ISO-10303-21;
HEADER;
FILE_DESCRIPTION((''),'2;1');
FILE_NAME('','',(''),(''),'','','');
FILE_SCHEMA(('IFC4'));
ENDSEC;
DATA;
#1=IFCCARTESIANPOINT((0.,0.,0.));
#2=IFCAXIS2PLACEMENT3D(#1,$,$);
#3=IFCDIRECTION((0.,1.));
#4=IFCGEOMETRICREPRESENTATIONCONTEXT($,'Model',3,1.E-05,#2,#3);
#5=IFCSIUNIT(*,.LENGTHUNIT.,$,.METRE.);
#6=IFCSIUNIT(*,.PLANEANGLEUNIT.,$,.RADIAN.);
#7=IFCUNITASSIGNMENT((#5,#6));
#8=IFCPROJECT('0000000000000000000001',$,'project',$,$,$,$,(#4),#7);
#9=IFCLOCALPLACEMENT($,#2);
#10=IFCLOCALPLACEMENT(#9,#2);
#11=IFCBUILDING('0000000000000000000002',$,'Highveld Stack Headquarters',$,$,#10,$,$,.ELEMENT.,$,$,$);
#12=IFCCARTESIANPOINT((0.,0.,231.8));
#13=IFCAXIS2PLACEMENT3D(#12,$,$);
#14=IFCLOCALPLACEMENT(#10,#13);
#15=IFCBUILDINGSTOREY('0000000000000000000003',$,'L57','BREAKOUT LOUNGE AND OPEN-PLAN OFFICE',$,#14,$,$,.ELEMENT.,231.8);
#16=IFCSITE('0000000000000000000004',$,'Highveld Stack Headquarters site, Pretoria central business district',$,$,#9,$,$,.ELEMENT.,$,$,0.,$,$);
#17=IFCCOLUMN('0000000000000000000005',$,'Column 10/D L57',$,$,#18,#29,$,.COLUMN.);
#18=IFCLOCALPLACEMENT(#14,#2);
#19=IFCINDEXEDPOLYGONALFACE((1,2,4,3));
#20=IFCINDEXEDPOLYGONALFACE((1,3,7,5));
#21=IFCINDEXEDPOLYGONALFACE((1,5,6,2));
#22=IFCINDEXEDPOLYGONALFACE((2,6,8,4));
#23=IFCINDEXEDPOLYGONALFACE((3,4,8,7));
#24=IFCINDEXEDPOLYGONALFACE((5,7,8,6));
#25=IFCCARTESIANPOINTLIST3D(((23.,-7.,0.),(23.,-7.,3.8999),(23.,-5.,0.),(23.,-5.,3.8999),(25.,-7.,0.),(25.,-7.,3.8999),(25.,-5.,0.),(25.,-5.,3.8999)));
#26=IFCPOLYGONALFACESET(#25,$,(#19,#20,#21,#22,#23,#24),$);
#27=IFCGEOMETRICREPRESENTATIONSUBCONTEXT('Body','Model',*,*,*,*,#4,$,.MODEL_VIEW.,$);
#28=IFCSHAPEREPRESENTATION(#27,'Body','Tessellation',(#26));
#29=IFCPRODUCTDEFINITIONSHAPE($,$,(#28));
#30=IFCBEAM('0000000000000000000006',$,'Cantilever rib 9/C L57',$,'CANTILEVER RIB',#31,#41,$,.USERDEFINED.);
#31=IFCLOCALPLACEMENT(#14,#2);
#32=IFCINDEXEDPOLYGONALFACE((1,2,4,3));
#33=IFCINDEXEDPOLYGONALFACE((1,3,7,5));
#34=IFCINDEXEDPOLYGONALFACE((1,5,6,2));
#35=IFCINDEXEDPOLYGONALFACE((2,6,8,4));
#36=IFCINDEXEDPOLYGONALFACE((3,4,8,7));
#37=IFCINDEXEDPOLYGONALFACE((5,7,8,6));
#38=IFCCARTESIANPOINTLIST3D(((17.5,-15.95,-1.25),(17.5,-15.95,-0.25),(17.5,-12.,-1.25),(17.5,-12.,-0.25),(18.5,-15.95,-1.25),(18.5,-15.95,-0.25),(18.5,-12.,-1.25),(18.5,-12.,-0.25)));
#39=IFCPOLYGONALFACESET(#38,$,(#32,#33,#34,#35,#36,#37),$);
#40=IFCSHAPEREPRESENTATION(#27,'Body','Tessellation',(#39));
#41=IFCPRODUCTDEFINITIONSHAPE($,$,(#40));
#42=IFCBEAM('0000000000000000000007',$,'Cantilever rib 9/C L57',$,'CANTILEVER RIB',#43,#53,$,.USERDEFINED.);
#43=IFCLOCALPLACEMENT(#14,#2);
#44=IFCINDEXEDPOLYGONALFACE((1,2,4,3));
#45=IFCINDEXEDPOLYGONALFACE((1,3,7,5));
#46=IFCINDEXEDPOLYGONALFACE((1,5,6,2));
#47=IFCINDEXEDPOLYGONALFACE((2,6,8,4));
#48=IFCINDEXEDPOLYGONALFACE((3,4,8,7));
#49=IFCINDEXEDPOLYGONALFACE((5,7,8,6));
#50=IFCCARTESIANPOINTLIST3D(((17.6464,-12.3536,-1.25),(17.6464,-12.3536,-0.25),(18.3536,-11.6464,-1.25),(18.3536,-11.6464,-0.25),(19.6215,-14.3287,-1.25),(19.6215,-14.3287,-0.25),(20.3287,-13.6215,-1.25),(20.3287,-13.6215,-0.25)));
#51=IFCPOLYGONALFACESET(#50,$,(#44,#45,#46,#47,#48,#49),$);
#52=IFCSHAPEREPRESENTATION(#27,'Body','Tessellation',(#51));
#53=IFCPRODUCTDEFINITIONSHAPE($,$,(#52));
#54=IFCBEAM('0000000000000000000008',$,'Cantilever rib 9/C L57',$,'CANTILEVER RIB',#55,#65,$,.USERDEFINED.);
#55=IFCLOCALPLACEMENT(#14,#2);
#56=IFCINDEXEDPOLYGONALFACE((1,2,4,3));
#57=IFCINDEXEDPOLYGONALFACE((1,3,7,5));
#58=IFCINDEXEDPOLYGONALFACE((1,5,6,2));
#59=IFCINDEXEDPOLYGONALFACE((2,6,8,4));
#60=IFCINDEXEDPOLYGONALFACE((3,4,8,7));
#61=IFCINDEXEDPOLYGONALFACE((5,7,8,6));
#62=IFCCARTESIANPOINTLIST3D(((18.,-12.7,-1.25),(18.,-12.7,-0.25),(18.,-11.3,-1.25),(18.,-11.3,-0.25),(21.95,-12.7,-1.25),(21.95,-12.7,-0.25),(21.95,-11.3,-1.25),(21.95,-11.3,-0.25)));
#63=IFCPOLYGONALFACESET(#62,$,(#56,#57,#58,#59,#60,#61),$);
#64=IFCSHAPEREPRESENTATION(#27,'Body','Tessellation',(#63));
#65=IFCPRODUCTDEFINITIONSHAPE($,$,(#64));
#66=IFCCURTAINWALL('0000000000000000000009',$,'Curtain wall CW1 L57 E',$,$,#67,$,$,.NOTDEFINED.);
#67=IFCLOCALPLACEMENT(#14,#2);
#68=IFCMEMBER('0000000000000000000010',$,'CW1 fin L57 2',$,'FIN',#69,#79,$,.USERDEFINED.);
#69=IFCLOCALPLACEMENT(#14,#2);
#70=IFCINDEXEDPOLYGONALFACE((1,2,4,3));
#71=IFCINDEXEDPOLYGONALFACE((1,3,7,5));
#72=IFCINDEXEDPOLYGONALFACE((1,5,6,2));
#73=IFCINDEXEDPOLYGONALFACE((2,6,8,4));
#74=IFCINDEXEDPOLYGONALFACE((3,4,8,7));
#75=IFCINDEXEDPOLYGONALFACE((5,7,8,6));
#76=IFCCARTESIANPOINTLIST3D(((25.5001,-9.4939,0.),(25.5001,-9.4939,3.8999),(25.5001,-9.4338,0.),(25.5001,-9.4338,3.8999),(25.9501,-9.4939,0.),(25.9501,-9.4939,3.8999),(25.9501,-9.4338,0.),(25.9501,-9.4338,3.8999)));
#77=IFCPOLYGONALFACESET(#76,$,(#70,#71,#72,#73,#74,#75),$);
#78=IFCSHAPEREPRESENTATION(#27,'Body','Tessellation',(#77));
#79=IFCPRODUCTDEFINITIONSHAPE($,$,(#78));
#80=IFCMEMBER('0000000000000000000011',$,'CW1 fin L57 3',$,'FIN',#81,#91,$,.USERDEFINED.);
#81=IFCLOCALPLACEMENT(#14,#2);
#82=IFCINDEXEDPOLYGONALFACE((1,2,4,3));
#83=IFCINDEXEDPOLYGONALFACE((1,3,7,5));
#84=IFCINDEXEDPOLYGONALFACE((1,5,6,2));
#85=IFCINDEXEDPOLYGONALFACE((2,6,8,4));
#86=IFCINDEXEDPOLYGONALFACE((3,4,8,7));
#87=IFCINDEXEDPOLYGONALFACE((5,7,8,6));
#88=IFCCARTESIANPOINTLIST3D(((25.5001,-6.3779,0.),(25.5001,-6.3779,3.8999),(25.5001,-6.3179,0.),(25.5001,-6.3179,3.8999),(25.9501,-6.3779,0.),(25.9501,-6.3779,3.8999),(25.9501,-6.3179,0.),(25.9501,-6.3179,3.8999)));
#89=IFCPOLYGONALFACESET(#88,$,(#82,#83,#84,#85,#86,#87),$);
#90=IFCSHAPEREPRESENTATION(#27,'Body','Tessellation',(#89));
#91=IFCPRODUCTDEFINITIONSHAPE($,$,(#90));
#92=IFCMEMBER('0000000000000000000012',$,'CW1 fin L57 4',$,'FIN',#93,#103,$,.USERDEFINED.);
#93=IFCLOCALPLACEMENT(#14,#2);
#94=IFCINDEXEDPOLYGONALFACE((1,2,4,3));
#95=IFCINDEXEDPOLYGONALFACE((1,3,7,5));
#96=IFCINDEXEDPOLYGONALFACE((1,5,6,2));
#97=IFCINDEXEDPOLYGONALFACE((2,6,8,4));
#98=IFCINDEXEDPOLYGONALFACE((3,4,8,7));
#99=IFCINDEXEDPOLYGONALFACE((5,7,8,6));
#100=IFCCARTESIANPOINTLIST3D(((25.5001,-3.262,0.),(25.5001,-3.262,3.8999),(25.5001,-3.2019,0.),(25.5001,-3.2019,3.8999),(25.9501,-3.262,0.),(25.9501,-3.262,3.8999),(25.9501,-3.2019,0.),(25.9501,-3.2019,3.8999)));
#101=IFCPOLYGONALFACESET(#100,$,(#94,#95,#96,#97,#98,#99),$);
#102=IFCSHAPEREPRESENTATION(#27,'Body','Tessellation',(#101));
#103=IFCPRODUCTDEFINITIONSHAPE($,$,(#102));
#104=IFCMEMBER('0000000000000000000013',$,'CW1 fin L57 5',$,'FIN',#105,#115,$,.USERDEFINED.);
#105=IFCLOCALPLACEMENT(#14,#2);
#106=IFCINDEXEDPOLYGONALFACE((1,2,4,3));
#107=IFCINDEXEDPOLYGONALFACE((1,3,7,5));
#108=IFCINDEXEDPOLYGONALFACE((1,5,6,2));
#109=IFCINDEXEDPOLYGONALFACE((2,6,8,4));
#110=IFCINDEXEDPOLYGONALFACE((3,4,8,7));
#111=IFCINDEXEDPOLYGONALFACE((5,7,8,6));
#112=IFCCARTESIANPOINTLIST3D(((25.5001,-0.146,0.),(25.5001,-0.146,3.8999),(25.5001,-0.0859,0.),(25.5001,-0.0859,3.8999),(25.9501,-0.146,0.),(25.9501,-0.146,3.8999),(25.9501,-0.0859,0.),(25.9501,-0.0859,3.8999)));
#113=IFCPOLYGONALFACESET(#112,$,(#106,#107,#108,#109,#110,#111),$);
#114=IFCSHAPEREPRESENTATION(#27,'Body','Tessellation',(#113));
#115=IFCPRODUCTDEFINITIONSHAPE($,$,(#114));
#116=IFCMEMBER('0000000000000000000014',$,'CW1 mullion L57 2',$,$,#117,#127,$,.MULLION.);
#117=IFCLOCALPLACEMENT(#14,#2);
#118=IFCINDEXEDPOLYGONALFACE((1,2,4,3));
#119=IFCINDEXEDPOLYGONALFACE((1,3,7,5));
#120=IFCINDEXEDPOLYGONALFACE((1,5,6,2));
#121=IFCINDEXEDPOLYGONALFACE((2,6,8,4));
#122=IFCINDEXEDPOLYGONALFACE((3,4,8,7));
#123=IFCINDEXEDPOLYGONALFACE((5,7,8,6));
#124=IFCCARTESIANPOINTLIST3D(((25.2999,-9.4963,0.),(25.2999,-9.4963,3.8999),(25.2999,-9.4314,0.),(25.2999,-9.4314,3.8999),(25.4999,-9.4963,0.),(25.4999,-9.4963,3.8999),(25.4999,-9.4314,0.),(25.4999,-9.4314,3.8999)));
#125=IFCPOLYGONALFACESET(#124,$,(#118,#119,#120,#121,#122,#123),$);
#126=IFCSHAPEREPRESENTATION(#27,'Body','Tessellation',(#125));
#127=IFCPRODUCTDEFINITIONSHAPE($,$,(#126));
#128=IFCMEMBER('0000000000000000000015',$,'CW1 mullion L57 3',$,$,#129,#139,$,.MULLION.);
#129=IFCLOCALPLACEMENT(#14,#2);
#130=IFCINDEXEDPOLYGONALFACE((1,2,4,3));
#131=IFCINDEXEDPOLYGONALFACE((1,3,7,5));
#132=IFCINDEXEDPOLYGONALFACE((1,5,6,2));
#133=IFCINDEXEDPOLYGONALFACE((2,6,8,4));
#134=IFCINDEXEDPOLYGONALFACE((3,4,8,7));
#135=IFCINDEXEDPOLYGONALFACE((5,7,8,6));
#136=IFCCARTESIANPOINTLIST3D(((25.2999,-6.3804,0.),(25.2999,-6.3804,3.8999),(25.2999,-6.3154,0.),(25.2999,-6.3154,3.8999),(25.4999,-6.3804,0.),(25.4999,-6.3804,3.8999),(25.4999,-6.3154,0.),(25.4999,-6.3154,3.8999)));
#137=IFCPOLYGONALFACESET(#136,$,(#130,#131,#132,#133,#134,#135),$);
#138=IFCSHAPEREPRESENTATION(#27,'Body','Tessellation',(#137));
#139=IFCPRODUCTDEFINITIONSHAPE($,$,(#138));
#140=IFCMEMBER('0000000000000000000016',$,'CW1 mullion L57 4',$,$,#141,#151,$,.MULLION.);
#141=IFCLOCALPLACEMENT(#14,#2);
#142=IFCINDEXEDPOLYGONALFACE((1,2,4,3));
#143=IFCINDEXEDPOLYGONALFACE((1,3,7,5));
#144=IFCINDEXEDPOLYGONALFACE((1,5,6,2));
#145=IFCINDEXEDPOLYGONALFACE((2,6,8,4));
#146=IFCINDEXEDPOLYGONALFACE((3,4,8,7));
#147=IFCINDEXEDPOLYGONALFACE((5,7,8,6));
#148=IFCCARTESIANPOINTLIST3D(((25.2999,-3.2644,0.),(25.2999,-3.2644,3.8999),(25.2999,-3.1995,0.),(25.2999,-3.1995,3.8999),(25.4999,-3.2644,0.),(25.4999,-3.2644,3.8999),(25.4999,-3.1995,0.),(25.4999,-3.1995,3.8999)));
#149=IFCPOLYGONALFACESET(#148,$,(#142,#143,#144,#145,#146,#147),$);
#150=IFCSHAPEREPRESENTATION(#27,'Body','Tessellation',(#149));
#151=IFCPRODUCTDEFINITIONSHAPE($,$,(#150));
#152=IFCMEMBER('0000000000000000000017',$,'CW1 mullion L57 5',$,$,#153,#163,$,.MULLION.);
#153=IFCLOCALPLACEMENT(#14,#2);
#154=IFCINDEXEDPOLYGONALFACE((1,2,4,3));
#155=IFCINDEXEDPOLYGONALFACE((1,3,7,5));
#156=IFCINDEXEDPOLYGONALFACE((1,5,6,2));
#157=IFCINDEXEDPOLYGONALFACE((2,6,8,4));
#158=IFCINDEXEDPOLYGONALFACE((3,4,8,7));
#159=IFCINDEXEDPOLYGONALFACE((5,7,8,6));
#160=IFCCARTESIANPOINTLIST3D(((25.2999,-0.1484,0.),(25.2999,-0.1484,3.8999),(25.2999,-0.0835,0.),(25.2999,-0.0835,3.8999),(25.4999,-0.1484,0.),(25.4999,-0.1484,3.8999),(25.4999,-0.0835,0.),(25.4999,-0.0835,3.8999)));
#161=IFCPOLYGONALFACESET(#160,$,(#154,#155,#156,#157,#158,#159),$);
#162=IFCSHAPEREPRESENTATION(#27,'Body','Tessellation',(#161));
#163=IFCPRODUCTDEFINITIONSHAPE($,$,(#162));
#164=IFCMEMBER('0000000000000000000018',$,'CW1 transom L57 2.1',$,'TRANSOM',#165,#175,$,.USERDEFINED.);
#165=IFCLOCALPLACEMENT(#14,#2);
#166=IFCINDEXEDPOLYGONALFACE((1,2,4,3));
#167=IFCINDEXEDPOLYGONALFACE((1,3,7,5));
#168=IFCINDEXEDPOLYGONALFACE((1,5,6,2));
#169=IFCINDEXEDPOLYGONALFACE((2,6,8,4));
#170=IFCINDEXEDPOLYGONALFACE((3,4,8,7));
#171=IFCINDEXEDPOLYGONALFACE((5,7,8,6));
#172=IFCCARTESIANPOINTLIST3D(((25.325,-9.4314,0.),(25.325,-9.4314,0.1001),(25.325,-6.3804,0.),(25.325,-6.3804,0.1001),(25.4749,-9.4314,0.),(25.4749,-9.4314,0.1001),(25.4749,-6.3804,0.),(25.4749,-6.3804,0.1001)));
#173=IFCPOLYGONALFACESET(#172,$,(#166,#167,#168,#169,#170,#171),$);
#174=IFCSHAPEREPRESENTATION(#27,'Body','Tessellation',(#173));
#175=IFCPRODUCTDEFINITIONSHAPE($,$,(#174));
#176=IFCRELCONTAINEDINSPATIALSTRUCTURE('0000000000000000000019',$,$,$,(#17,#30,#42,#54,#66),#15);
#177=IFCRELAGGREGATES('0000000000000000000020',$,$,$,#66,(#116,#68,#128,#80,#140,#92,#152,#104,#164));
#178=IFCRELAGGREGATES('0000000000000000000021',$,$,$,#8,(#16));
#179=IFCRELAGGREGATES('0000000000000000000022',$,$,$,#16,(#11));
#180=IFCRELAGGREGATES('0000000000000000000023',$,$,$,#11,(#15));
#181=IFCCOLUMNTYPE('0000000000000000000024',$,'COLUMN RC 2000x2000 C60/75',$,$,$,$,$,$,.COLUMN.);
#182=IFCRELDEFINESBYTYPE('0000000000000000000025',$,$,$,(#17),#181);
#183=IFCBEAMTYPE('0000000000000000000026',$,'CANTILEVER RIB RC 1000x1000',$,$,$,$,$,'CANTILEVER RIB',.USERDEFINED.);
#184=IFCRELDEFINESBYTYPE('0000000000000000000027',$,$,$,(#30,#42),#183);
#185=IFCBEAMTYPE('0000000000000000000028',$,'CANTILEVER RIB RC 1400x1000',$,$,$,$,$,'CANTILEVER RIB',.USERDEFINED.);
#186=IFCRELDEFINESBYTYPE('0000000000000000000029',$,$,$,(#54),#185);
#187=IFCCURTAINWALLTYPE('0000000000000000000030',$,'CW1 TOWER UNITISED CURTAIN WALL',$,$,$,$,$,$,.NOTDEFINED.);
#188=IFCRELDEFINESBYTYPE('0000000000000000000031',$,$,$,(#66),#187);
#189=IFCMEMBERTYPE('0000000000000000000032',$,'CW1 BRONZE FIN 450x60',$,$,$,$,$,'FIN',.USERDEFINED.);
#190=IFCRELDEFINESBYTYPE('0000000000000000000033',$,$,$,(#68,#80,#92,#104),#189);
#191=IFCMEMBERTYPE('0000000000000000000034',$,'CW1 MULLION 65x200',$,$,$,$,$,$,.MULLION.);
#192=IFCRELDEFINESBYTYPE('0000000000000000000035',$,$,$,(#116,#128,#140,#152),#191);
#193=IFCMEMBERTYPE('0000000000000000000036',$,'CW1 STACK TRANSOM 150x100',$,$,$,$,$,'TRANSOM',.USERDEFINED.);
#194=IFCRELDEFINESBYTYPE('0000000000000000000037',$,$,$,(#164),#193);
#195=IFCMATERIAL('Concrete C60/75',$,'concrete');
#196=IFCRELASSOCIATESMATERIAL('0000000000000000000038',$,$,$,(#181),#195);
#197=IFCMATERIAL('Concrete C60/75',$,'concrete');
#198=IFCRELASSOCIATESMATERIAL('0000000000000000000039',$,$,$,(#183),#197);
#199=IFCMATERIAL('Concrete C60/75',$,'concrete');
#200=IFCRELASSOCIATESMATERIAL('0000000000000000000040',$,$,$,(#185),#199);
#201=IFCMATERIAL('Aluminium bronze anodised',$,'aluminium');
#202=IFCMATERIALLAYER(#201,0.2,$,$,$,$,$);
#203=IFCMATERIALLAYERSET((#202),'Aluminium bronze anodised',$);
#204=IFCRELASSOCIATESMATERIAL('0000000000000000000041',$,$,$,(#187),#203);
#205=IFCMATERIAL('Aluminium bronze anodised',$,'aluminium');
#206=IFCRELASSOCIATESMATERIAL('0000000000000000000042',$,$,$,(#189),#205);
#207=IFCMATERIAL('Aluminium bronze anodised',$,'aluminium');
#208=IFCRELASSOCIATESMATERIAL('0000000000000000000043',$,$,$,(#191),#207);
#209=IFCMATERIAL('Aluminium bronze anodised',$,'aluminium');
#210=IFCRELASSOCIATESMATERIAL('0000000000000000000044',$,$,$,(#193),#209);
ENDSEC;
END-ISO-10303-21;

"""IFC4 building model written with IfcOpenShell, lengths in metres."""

from ifc_helpers import new_model, si_unit, direction, frame, origin, origin_2d, place, context, subcontext, project, spatial, rectangle, extrude, material, layer, layer_set, material_profile, profile_set, type_object, element, aggregate, save


model = new_model("IFC4")

# Units and contexts
model_context = context("Model", 3, precision=1e-05, world=origin(), true_north=direction((0.0, 1.0)))
body_context = subcontext(model_context, "Body", "Model", "MODEL_VIEW")
ifc_project = project(units=[si_unit("LENGTHUNIT", "METRE"), si_unit("PLANEANGLEUNIT", "RADIAN")], contexts=[model_context])

# Site, building, storey
site_placement = place(None, origin())
site = spatial("IfcSite", under=ifc_project, at=site_placement, Name="Highveld Stack Headquarters site, Pretoria central business district", CompositionType="ELEMENT", RefElevation=0.0)
building_placement = place(site_placement, origin())
building = spatial("IfcBuilding", under=site, at=building_placement, Name="Highveld Stack Headquarters", CompositionType="ELEMENT")
storey_placement = place(building_placement, frame((0.0, 0.0, 231.8)))
storey = spatial("IfcBuildingStorey", under=building, at=storey_placement, Name="L57", Description="BREAKOUT LOUNGE AND OPEN-PLAN OFFICE", CompositionType="ELEMENT", Elevation=231.8)

# Column
ifc_material_1 = material(Name="Concrete C60/75", Category="concrete")
ifc_material_profile_1 = material_profile(ifc_material_1, rectangle(XDim=2.0, YDim=2.0, at=origin_2d()), Name="RC 2000x2000")
ifc_profile_set_1 = profile_set([ifc_material_profile_1], Name="Concrete C60/75")
column_type = type_object("IfcColumnType", Name="COLUMN RC 2000x2000 C60/75", PredefinedType="COLUMN", material=ifc_profile_set_1)
column_placement = place(storey_placement, frame((24.0, -6.0, 0.0), z_axis=(0.0, 0.0, 1.0), x_axis=(1.0, 0.0, 0.0)))
element("IfcColumn", 1, at=column_placement, inside=storey, type_object=column_type, Name="Column 10/D L57", PredefinedType="COLUMN", context=body_context, shape_type="SweptSolid", body=[
    extrude(rectangle(XDim=2.0, YDim=2.0, at=origin_2d()), origin(), (0.0, 0.0, 1.0), 3.8999),
])

# Beams
ifc_material_2 = material(Name="Concrete C60/75", Category="concrete")
ifc_material_profile_2 = material_profile(ifc_material_2, rectangle(XDim=1.0, YDim=1.0, at=origin_2d()), Name="RC 1000x1000")
ifc_profile_set_2 = profile_set([ifc_material_profile_2], Name="Concrete C60/75")
beam_type_1 = type_object("IfcBeamType", Name="CANTILEVER RIB RC 1000x1000", ElementType="CANTILEVER RIB", PredefinedType="USERDEFINED", material=ifc_profile_set_2)
beam_1_placement = place(storey_placement, frame((18.0, -12.0, -0.75), z_axis=(0.0, -1.0, 0.0), x_axis=(1.0, 0.0, 0.0)))
element("IfcBeam", 2, at=beam_1_placement, inside=storey, type_object=beam_type_1, Name="Cantilever rib 9/C L57", ObjectType="CANTILEVER RIB", PredefinedType="USERDEFINED", context=body_context, shape_type="SweptSolid", body=[
    extrude(rectangle(XDim=1.0, YDim=1.0, at=origin_2d()), origin(), (0.0, 0.0, 1.0), 3.95),
])
beam_2_placement = place(storey_placement, frame((18.0, -12.0, -0.75), z_axis=(0.707107, -0.707107, 0.0), x_axis=(0.707107, 0.707107, 0.0)))
element("IfcBeam", 3, at=beam_2_placement, inside=storey, type_object=beam_type_1, Name="Cantilever rib 9/C L57", ObjectType="CANTILEVER RIB", PredefinedType="USERDEFINED", context=body_context, shape_type="SweptSolid", body=[
    extrude(rectangle(XDim=1.0, YDim=1.0, at=origin_2d()), origin(), (0.0, 0.0, 1.0), 2.7932),
])
ifc_material_3 = material(Name="Concrete C60/75", Category="concrete")
ifc_material_profile_3 = material_profile(ifc_material_3, rectangle(XDim=1.3999, YDim=1.0, at=origin_2d()), Name="RC 1400x1000")
ifc_profile_set_3 = profile_set([ifc_material_profile_3], Name="Concrete C60/75")
beam_type_2 = type_object("IfcBeamType", Name="CANTILEVER RIB RC 1400x1000", ElementType="CANTILEVER RIB", PredefinedType="USERDEFINED", material=ifc_profile_set_3)
beam_3_placement = place(storey_placement, frame((18.0, -12.0, -0.75), z_axis=(1.0, 0.0, 0.0), x_axis=(0.0, 1.0, 0.0)))
element("IfcBeam", 4, at=beam_3_placement, inside=storey, type_object=beam_type_2, Name="Cantilever rib 9/C L57", ObjectType="CANTILEVER RIB", PredefinedType="USERDEFINED", context=body_context, shape_type="SweptSolid", body=[
    extrude(rectangle(XDim=1.3999, YDim=1.0, at=origin_2d()), origin(), (0.0, 0.0, 1.0), 3.95),
])

# Curtain wall, members
ifc_material_4 = material(Name="Aluminium bronze anodised", Category="aluminium")
ifc_layer_1 = layer(ifc_material_4, 0.2)
ifc_layer_set_1 = layer_set([ifc_layer_1], Name="Aluminium bronze anodised")
curtain_wall_type = type_object("IfcCurtainWallType", Name="CW1 TOWER UNITISED CURTAIN WALL", PredefinedType="NOTDEFINED", material=ifc_layer_set_1)
curtain_wall_placement = place(storey_placement, origin())
curtain_wall = element("IfcCurtainWall", 5, at=curtain_wall_placement, inside=storey, type_object=curtain_wall_type, Name="Curtain wall CW1 L57 E", PredefinedType="NOTDEFINED")
ifc_material_5 = material(Name="Aluminium bronze anodised", Category="aluminium")
ifc_material_profile_4 = material_profile(ifc_material_5, rectangle(XDim=0.45, YDim=0.0601, at=origin_2d()), Name="FIN 450x60")
ifc_profile_set_4 = profile_set([ifc_material_profile_4], Name="Aluminium bronze anodised")
member_type_1 = type_object("IfcMemberType", Name="CW1 BRONZE FIN 450x60", ElementType="FIN", PredefinedType="USERDEFINED", material=ifc_profile_set_4)
member_1_placement = place(storey_placement, frame((25.7251, -9.4639, 0.0), z_axis=(0.0, 0.0, 1.0), x_axis=(-1.0, 0.0, 0.0)))
member_1 = element("IfcMember", 6, at=member_1_placement, type_object=member_type_1, Name="CW1 fin L57 2", ObjectType="FIN", PredefinedType="USERDEFINED", context=body_context, shape_type="SweptSolid", body=[
    extrude(rectangle(XDim=0.45, YDim=0.0601, at=origin_2d()), origin(), (0.0, 0.0, 1.0), 3.8999),
])
member_2_placement = place(storey_placement, frame((25.7251, -6.3479, 0.0), z_axis=(0.0, 0.0, 1.0), x_axis=(-1.0, 0.0, 0.0)))
member_2 = element("IfcMember", 7, at=member_2_placement, type_object=member_type_1, Name="CW1 fin L57 3", ObjectType="FIN", PredefinedType="USERDEFINED", context=body_context, shape_type="SweptSolid", body=[
    extrude(rectangle(XDim=0.45, YDim=0.0601, at=origin_2d()), origin(), (0.0, 0.0, 1.0), 3.8999),
])
member_3_placement = place(storey_placement, frame((25.7251, -3.2319, 0.0), z_axis=(0.0, 0.0, 1.0), x_axis=(-1.0, 0.0, 0.0)))
member_3 = element("IfcMember", 8, at=member_3_placement, type_object=member_type_1, Name="CW1 fin L57 4", ObjectType="FIN", PredefinedType="USERDEFINED", context=body_context, shape_type="SweptSolid", body=[
    extrude(rectangle(XDim=0.45, YDim=0.0601, at=origin_2d()), origin(), (0.0, 0.0, 1.0), 3.8999),
])
member_4_placement = place(storey_placement, frame((25.7251, -0.116, 0.0), z_axis=(0.0, 0.0, 1.0), x_axis=(-1.0, 0.0, 0.0)))
member_4 = element("IfcMember", 9, at=member_4_placement, type_object=member_type_1, Name="CW1 fin L57 5", ObjectType="FIN", PredefinedType="USERDEFINED", context=body_context, shape_type="SweptSolid", body=[
    extrude(rectangle(XDim=0.45, YDim=0.0601, at=origin_2d()), origin(), (0.0, 0.0, 1.0), 3.8999),
])
ifc_material_6 = material(Name="Aluminium bronze anodised", Category="aluminium")
ifc_material_profile_5 = material_profile(ifc_material_6, rectangle(XDim=0.2, YDim=0.0649, at=origin_2d()), Name="CW1 MULLION 65x200")
ifc_profile_set_5 = profile_set([ifc_material_profile_5], Name="Aluminium bronze anodised")
member_type_2 = type_object("IfcMemberType", Name="CW1 MULLION 65x200", PredefinedType="MULLION", material=ifc_profile_set_5)
member_5_placement = place(storey_placement, frame((25.3999, -9.4639, 0.0), z_axis=(0.0, 0.0, 1.0), x_axis=(-1.0, 0.0, 0.0)))
member_5 = element("IfcMember", 10, at=member_5_placement, type_object=member_type_2, Name="CW1 mullion L57 2", PredefinedType="MULLION", context=body_context, shape_type="SweptSolid", body=[
    extrude(rectangle(XDim=0.2, YDim=0.0649, at=origin_2d()), origin(), (0.0, 0.0, 1.0), 3.8999),
])
member_6_placement = place(storey_placement, frame((25.3999, -6.3479, 0.0), z_axis=(0.0, 0.0, 1.0), x_axis=(-1.0, 0.0, 0.0)))
member_6 = element("IfcMember", 11, at=member_6_placement, type_object=member_type_2, Name="CW1 mullion L57 3", PredefinedType="MULLION", context=body_context, shape_type="SweptSolid", body=[
    extrude(rectangle(XDim=0.2, YDim=0.0649, at=origin_2d()), origin(), (0.0, 0.0, 1.0), 3.8999),
])
member_7_placement = place(storey_placement, frame((25.3999, -3.2319, 0.0), z_axis=(0.0, 0.0, 1.0), x_axis=(-1.0, 0.0, 0.0)))
member_7 = element("IfcMember", 12, at=member_7_placement, type_object=member_type_2, Name="CW1 mullion L57 4", PredefinedType="MULLION", context=body_context, shape_type="SweptSolid", body=[
    extrude(rectangle(XDim=0.2, YDim=0.0649, at=origin_2d()), origin(), (0.0, 0.0, 1.0), 3.8999),
])
member_8_placement = place(storey_placement, frame((25.3999, -0.116, 0.0), z_axis=(0.0, 0.0, 1.0), x_axis=(-1.0, 0.0, 0.0)))
member_8 = element("IfcMember", 13, at=member_8_placement, type_object=member_type_2, Name="CW1 mullion L57 5", PredefinedType="MULLION", context=body_context, shape_type="SweptSolid", body=[
    extrude(rectangle(XDim=0.2, YDim=0.0649, at=origin_2d()), origin(), (0.0, 0.0, 1.0), 3.8999),
])
ifc_material_7 = material(Name="Aluminium bronze anodised", Category="aluminium")
ifc_material_profile_6 = material_profile(ifc_material_7, rectangle(XDim=0.1499, YDim=0.1001, at=origin_2d()), Name="CW1 TRANSOM 150x100")
ifc_profile_set_6 = profile_set([ifc_material_profile_6], Name="Aluminium bronze anodised")
member_type_3 = type_object("IfcMemberType", Name="CW1 STACK TRANSOM 150x100", ElementType="TRANSOM", PredefinedType="USERDEFINED", material=ifc_profile_set_6)
member_9_placement = place(storey_placement, frame((25.3999, -9.4314, 0.05), z_axis=(0.0, 1.0, 0.0), x_axis=(-1.0, 0.0, 0.0)))
member_9 = element("IfcMember", 14, at=member_9_placement, type_object=member_type_3, Name="CW1 transom L57 2.1", ObjectType="TRANSOM", PredefinedType="USERDEFINED", context=body_context, shape_type="SweptSolid", body=[
    extrude(rectangle(XDim=0.1499, YDim=0.1001, at=origin_2d()), origin(), (0.0, 0.0, 1.0), 3.051),
])

aggregate(curtain_wall, [member_5, member_1, member_6, member_2, member_7, member_3, member_8, member_4, member_9])

save(model, "model.ifc")
